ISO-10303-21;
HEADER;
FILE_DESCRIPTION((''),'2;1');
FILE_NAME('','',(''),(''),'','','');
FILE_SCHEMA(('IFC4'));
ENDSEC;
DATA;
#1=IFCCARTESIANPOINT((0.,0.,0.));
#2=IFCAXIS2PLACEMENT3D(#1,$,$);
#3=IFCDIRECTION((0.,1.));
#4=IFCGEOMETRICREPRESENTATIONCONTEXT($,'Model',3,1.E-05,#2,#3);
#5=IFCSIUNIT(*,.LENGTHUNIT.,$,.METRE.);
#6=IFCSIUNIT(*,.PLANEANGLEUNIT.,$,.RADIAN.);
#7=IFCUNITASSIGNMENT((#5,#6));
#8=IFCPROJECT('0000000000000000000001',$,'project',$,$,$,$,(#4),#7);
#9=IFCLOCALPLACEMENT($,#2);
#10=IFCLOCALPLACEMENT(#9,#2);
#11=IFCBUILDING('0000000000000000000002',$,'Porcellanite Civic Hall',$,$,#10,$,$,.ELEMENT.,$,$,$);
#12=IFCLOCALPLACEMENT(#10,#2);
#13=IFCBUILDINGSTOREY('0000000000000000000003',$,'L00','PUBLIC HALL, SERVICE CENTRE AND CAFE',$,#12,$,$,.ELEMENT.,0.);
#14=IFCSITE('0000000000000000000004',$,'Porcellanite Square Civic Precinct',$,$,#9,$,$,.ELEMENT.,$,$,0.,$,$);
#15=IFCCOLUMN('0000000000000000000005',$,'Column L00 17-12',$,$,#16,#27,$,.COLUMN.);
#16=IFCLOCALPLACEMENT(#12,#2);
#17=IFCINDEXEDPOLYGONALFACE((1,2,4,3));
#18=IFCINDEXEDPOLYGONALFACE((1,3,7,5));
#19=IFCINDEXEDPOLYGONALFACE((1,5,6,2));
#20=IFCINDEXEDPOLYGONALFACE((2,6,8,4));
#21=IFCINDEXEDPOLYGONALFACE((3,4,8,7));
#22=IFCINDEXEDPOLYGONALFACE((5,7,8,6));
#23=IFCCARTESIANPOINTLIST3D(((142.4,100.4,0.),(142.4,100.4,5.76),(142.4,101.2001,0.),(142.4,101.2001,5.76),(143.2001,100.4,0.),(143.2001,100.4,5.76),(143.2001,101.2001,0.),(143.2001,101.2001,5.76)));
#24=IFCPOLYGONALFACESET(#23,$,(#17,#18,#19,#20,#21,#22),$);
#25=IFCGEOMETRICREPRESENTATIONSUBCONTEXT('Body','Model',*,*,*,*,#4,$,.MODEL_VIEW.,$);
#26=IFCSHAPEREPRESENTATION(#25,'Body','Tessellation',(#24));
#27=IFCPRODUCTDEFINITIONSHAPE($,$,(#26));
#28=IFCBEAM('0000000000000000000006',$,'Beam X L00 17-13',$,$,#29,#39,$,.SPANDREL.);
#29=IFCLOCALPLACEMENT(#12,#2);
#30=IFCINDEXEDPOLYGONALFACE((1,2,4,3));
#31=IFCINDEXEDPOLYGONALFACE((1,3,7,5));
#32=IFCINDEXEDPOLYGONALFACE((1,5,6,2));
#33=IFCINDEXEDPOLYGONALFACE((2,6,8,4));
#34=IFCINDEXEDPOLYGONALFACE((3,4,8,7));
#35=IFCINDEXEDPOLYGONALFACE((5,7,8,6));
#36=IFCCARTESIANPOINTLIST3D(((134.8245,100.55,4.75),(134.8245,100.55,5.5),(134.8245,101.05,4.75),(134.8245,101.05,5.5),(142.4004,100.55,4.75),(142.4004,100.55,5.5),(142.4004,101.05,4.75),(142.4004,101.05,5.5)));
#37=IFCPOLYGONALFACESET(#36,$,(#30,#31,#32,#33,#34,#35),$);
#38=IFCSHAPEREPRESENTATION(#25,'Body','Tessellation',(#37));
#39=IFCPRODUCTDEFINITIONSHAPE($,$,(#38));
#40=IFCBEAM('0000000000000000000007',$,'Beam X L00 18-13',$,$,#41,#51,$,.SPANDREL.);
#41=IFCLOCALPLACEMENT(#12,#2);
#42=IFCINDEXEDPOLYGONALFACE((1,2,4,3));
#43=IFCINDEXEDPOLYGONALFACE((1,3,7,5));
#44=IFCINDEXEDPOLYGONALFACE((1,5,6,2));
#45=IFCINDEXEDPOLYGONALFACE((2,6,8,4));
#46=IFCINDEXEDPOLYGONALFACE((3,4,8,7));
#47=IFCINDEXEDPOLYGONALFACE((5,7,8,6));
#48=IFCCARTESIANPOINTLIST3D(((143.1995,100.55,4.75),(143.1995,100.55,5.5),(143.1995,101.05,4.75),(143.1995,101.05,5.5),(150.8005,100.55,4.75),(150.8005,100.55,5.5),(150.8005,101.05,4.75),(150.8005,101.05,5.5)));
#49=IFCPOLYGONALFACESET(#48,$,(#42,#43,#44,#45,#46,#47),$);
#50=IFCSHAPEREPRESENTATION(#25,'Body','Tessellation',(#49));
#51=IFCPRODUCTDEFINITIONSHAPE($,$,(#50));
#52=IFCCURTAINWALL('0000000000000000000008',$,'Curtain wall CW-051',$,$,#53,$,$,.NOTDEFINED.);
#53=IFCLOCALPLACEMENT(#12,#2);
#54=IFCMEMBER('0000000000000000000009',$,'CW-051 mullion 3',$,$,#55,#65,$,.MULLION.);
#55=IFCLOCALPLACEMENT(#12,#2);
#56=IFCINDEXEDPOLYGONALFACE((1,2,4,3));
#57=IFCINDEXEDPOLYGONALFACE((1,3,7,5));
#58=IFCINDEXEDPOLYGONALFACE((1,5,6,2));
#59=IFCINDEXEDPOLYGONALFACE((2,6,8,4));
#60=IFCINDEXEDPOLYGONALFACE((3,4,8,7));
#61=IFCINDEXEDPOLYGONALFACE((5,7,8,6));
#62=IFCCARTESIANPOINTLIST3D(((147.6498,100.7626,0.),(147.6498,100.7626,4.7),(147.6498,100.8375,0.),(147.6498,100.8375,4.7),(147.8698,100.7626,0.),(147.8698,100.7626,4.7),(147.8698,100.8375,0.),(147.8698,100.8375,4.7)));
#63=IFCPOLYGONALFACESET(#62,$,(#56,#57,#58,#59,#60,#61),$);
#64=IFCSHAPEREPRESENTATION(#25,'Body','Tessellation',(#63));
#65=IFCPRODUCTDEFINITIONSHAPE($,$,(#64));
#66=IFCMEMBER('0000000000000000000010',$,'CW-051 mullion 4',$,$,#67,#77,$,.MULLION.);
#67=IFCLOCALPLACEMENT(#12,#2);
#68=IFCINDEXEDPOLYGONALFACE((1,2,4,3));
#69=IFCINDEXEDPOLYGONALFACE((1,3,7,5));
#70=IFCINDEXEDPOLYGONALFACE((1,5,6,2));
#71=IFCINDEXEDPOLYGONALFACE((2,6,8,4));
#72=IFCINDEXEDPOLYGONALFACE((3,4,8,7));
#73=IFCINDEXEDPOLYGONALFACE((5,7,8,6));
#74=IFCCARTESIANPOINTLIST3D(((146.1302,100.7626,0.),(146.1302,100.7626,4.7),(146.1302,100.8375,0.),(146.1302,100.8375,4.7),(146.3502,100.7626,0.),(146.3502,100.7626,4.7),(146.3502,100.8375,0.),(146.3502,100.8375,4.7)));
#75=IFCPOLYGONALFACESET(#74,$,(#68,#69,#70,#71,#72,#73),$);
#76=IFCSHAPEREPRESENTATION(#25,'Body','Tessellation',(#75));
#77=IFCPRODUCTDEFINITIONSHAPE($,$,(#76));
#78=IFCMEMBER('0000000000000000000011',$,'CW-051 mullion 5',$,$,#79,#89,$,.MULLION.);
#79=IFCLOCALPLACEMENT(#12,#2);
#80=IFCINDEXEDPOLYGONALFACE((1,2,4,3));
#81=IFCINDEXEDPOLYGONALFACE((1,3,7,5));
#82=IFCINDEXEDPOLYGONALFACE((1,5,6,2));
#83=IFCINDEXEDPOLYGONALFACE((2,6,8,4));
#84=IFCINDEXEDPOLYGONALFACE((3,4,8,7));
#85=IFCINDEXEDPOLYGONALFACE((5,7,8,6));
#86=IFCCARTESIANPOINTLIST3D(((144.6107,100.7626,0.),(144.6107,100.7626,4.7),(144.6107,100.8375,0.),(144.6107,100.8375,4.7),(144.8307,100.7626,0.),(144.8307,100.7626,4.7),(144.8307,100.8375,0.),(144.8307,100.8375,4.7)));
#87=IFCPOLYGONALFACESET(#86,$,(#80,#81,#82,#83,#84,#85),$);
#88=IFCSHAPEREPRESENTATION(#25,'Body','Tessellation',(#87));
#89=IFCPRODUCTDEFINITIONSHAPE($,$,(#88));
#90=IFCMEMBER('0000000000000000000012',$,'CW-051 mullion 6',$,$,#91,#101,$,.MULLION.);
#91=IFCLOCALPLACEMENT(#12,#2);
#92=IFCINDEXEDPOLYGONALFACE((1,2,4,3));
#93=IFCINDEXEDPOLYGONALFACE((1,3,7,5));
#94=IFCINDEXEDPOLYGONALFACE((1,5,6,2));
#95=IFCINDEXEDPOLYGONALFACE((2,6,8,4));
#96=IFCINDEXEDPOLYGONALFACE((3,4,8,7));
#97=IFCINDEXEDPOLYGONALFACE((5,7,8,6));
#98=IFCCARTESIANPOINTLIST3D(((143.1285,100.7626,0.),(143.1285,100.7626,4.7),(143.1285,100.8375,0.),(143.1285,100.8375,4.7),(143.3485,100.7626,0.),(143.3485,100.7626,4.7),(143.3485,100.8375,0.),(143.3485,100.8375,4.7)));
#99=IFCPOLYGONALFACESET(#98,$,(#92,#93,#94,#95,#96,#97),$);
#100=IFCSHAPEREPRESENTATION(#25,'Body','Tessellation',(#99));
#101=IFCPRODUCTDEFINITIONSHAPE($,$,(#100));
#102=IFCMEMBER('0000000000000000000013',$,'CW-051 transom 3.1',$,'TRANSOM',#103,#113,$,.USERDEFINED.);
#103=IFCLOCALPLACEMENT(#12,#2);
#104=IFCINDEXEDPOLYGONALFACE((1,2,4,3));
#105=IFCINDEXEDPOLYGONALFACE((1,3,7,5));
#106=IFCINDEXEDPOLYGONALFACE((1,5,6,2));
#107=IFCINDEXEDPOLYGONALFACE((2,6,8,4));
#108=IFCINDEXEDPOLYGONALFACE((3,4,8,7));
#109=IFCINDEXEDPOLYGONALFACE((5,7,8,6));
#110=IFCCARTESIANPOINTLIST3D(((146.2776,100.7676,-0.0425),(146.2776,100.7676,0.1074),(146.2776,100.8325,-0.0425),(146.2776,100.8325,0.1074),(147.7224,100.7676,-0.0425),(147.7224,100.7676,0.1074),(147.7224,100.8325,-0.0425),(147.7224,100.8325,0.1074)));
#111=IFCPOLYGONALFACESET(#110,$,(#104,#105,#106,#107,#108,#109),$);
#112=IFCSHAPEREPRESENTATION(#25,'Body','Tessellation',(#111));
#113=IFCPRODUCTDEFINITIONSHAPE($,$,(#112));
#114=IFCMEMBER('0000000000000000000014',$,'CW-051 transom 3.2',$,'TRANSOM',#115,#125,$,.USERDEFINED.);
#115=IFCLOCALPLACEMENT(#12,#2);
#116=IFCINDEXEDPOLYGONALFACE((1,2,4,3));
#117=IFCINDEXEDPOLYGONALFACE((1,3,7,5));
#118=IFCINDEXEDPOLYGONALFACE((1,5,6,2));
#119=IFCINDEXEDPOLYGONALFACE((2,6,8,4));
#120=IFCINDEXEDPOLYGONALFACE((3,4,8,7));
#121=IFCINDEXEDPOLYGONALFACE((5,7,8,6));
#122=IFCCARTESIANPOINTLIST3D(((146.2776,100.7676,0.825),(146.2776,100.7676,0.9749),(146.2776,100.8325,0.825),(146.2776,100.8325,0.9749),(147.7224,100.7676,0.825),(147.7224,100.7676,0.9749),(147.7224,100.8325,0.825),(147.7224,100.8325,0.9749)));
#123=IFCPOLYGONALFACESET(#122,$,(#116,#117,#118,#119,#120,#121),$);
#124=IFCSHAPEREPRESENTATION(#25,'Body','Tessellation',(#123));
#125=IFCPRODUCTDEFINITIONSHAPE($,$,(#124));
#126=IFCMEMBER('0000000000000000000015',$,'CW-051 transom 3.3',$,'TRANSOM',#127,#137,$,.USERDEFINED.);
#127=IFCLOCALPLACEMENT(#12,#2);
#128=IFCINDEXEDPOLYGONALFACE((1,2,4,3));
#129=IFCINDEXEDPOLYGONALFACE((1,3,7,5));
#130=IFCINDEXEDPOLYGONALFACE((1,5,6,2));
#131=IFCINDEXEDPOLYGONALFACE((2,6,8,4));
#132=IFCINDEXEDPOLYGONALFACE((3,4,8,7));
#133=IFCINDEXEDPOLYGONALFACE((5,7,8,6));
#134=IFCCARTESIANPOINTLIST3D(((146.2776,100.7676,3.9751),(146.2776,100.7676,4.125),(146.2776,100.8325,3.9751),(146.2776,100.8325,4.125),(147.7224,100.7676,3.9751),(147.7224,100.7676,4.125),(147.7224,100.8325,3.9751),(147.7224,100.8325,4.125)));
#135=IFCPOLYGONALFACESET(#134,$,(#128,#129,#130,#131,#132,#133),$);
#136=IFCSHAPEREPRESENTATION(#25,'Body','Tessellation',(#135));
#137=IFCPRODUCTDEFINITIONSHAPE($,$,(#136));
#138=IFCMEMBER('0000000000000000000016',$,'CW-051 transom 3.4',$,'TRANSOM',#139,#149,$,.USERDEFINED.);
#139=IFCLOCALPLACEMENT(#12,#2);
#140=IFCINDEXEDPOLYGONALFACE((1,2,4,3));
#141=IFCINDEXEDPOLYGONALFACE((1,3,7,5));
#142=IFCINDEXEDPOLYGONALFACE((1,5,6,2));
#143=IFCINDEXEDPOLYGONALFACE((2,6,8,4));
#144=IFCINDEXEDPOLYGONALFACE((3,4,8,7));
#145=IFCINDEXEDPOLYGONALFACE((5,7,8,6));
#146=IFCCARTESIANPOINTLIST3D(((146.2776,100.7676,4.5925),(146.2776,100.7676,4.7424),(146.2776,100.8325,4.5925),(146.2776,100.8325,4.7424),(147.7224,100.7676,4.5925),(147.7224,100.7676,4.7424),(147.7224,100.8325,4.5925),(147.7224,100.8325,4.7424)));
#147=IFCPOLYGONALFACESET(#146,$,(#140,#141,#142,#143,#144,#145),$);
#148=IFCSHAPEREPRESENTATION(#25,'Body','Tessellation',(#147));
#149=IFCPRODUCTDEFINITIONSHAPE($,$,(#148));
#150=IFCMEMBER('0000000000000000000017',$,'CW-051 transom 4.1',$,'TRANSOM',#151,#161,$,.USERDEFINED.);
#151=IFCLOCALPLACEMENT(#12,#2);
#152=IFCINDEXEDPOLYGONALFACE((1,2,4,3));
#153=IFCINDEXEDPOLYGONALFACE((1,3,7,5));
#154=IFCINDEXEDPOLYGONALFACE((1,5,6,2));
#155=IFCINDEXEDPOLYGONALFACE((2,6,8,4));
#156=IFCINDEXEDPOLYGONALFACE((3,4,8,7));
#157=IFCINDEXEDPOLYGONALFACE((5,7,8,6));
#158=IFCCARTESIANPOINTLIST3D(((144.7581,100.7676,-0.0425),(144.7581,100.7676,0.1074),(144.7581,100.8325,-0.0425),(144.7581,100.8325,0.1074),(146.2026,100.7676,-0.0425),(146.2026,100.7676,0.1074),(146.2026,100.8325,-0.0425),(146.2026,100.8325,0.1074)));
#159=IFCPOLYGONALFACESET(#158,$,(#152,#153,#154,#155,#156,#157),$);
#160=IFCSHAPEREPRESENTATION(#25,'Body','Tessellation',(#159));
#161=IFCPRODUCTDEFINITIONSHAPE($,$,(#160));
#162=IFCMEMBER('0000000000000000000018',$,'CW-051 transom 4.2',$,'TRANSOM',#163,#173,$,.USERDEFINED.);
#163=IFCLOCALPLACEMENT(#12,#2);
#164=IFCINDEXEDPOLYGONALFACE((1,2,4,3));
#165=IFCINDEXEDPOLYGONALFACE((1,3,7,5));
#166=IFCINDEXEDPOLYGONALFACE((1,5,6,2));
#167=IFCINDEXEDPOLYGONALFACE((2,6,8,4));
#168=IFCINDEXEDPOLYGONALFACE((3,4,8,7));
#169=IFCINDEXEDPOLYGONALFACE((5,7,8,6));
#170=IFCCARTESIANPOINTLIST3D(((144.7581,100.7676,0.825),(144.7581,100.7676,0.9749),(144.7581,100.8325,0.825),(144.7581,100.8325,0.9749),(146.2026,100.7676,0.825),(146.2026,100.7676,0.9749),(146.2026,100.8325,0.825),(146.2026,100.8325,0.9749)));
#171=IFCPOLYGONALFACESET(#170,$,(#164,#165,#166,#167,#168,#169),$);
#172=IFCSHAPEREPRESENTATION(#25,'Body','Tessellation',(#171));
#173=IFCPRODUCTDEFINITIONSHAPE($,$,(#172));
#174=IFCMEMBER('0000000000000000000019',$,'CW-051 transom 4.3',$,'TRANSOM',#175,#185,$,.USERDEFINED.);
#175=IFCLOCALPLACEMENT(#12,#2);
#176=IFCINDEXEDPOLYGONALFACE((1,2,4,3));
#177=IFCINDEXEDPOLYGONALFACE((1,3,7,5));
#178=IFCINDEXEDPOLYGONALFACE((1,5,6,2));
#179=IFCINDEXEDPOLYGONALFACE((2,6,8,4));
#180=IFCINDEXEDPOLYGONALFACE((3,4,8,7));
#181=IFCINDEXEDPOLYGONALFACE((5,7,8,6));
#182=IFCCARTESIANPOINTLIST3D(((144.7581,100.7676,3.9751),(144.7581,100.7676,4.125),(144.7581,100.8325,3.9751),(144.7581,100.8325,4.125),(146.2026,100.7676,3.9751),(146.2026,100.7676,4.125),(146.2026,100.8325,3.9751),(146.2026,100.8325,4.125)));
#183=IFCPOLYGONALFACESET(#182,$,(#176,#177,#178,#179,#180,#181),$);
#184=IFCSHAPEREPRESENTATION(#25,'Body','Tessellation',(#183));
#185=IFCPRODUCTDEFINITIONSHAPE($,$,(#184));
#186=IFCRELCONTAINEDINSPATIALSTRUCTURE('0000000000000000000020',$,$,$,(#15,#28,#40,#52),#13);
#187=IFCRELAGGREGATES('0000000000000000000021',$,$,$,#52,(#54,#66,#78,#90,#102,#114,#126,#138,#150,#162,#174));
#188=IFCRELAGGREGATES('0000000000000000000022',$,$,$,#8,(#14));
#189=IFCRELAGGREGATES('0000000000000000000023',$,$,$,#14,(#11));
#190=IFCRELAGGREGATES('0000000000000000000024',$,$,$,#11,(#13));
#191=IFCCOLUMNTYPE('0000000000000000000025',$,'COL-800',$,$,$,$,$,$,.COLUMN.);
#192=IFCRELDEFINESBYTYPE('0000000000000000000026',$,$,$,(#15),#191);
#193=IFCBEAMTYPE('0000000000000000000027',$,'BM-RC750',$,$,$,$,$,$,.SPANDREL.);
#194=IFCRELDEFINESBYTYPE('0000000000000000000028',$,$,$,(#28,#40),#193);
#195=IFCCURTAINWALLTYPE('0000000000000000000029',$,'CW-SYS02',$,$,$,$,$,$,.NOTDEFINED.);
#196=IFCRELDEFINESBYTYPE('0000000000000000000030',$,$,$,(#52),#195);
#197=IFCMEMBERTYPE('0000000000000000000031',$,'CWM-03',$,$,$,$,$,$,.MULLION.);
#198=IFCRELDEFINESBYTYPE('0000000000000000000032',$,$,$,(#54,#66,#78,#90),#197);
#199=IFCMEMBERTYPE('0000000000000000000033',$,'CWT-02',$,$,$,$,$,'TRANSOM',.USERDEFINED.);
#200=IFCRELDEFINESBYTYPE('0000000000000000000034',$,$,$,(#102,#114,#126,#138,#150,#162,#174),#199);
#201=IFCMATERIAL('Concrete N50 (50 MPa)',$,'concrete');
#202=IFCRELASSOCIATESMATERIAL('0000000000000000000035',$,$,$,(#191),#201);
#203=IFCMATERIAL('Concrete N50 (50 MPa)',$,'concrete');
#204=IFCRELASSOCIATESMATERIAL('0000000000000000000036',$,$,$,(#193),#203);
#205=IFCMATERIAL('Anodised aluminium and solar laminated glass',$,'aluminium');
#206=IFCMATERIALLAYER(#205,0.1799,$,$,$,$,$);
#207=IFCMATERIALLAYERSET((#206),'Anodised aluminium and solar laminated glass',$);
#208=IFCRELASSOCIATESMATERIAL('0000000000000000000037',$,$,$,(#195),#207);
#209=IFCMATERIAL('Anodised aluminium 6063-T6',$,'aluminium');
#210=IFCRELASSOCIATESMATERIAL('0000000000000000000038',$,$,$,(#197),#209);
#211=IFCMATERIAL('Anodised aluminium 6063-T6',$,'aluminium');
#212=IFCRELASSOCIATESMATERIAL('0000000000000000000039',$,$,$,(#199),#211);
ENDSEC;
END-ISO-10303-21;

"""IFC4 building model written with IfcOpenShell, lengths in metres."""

from ifc_helpers import new_model, si_unit, direction, frame, origin, origin_2d, place, context, subcontext, project, spatial, rectangle, extrude, material, layer, layer_set, material_profile, profile_set, type_object, element, aggregate, save


model = new_model("IFC4")

# Units and contexts
model_context = context("Model", 3, precision=1e-05, world=origin(), true_north=direction((0.0, 1.0)))
body_context = subcontext(model_context, "Body", "Model", "MODEL_VIEW")
ifc_project = project(units=[si_unit("LENGTHUNIT", "METRE"), si_unit("PLANEANGLEUNIT", "RADIAN")], contexts=[model_context])

# Site, building, storey
site_placement = place(None, origin())
site = spatial("IfcSite", under=ifc_project, at=site_placement, Name="Porcellanite Square Civic Precinct", CompositionType="ELEMENT", RefElevation=0.0)
building_placement = place(site_placement, origin())
building = spatial("IfcBuilding", under=site, at=building_placement, Name="Porcellanite Civic Hall", CompositionType="ELEMENT")
storey_placement = place(building_placement, origin())
storey = spatial("IfcBuildingStorey", under=building, at=storey_placement, Name="L00", Description="PUBLIC HALL, SERVICE CENTRE AND CAFE", CompositionType="ELEMENT", Elevation=0.0)

# Column
ifc_material_1 = material(Name="Concrete N50 (50 MPa)", Category="concrete")
ifc_material_profile_1 = material_profile(ifc_material_1, rectangle(XDim=0.8, YDim=0.8, at=origin_2d()), Name="RC-800x800")
ifc_profile_set_1 = profile_set([ifc_material_profile_1], Name="Concrete N50 (50 MPa)")
column_type = type_object("IfcColumnType", Name="COL-800", PredefinedType="COLUMN", material=ifc_profile_set_1)
column_placement = place(storey_placement, frame((142.8, 100.8, 0.0), z_axis=(0.0, 0.0, 1.0), x_axis=(1.0, 0.0, 0.0)))
element("IfcColumn", 1, at=column_placement, inside=storey, type_object=column_type, Name="Column L00 17-12", PredefinedType="COLUMN", context=body_context, shape_type="SweptSolid", body=[
    extrude(rectangle(XDim=0.8, YDim=0.8, at=origin_2d()), origin(), (0.0, 0.0, 1.0), 5.76),
])

# Beams
ifc_material_2 = material(Name="Concrete N50 (50 MPa)", Category="concrete")
ifc_material_profile_2 = material_profile(ifc_material_2, rectangle(XDim=0.5, YDim=0.75, at=origin_2d()), Name="RC-500x750")
ifc_profile_set_2 = profile_set([ifc_material_profile_2], Name="Concrete N50 (50 MPa)")
beam_type = type_object("IfcBeamType", Name="BM-RC750", PredefinedType="SPANDREL", material=ifc_profile_set_2)
beam_1_placement = place(storey_placement, frame((134.8245, 100.8, 5.125), z_axis=(1.0, 0.0, 0.0), x_axis=(0.0, 1.0, 0.0)))
element("IfcBeam", 2, at=beam_1_placement, inside=storey, type_object=beam_type, Name="Beam X L00 17-13", PredefinedType="SPANDREL", context=body_context, shape_type="SweptSolid", body=[
    extrude(rectangle(XDim=0.5, YDim=0.75, at=origin_2d()), origin(), (0.0, 0.0, 1.0), 7.5759),
])
beam_2_placement = place(storey_placement, frame((143.1995, 100.8, 5.125), z_axis=(1.0, 0.0, 0.0), x_axis=(0.0, 1.0, 0.0)))
element("IfcBeam", 3, at=beam_2_placement, inside=storey, type_object=beam_type, Name="Beam X L00 18-13", PredefinedType="SPANDREL", context=body_context, shape_type="SweptSolid", body=[
    extrude(rectangle(XDim=0.5, YDim=0.75, at=origin_2d()), origin(), (0.0, 0.0, 1.0), 7.6011),
])

# Curtain wall, members
ifc_material_3 = material(Name="Anodised aluminium and solar laminated glass", Category="aluminium")
ifc_layer_1 = layer(ifc_material_3, 0.1799)
ifc_layer_set_1 = layer_set([ifc_layer_1], Name="Anodised aluminium and solar laminated glass")
curtain_wall_type = type_object("IfcCurtainWallType", Name="CW-SYS02", PredefinedType="NOTDEFINED", material=ifc_layer_set_1)
curtain_wall_placement = place(storey_placement, origin())
curtain_wall = element("IfcCurtainWall", 4, at=curtain_wall_placement, inside=storey, type_object=curtain_wall_type, Name="Curtain wall CW-051", PredefinedType="NOTDEFINED")
ifc_material_4 = material(Name="Anodised aluminium 6063-T6", Category="aluminium")
ifc_material_profile_3 = material_profile(ifc_material_4, rectangle(XDim=0.075, YDim=0.22, at=origin_2d()), Name="AL-75x220")
ifc_profile_set_3 = profile_set([ifc_material_profile_3], Name="Anodised aluminium 6063-T6")
member_type_1 = type_object("IfcMemberType", Name="CWM-03", PredefinedType="MULLION", material=ifc_profile_set_3)
member_1_placement = place(storey_placement, frame((147.7598, 100.8, 0.0), z_axis=(0.0, 0.0, 1.0), x_axis=(0.0, -1.0, 0.0)))
member_1 = element("IfcMember", 5, at=member_1_placement, type_object=member_type_1, Name="CW-051 mullion 3", PredefinedType="MULLION", context=body_context, shape_type="SweptSolid", body=[
    extrude(rectangle(XDim=0.075, YDim=0.22, at=origin_2d()), origin(), (0.0, 0.0, 1.0), 4.7),
])
member_2_placement = place(storey_placement, frame((146.2402, 100.8, 0.0), z_axis=(0.0, 0.0, 1.0), x_axis=(0.0, -1.0, 0.0)))
member_2 = element("IfcMember", 6, at=member_2_placement, type_object=member_type_1, Name="CW-051 mullion 4", PredefinedType="MULLION", context=body_context, shape_type="SweptSolid", body=[
    extrude(rectangle(XDim=0.075, YDim=0.22, at=origin_2d()), origin(), (0.0, 0.0, 1.0), 4.7),
])
member_3_placement = place(storey_placement, frame((144.7207, 100.8, 0.0), z_axis=(0.0, 0.0, 1.0), x_axis=(0.0, -1.0, 0.0)))
member_3 = element("IfcMember", 7, at=member_3_placement, type_object=member_type_1, Name="CW-051 mullion 5", PredefinedType="MULLION", context=body_context, shape_type="SweptSolid", body=[
    extrude(rectangle(XDim=0.075, YDim=0.22, at=origin_2d()), origin(), (0.0, 0.0, 1.0), 4.7),
])
member_4_placement = place(storey_placement, frame((143.2385, 100.8, 0.0), z_axis=(0.0, 0.0, 1.0), x_axis=(0.0, -1.0, 0.0)))
member_4 = element("IfcMember", 8, at=member_4_placement, type_object=member_type_1, Name="CW-051 mullion 6", PredefinedType="MULLION", context=body_context, shape_type="SweptSolid", body=[
    extrude(rectangle(XDim=0.075, YDim=0.22, at=origin_2d()), origin(), (0.0, 0.0, 1.0), 4.7),
])
ifc_material_5 = material(Name="Anodised aluminium 6063-T6", Category="aluminium")
ifc_material_profile_4 = material_profile(ifc_material_5, rectangle(XDim=0.0649, YDim=0.1499, at=origin_2d()), Name="AL-65x150")
ifc_profile_set_4 = profile_set([ifc_material_profile_4], Name="Anodised aluminium 6063-T6")
member_type_2 = type_object("IfcMemberType", Name="CWT-02", ElementType="TRANSOM", PredefinedType="USERDEFINED", material=ifc_profile_set_4)
member_5_placement = place(storey_placement, frame((147.7224, 100.8, 0.0325), z_axis=(-1.0, 0.0, 0.0), x_axis=(0.0, -1.0, 0.0)))
member_5 = element("IfcMember", 9, at=member_5_placement, type_object=member_type_2, Name="CW-051 transom 3.1", ObjectType="TRANSOM", PredefinedType="USERDEFINED", context=body_context, shape_type="SweptSolid", body=[
    extrude(rectangle(XDim=0.0649, YDim=0.1499, at=origin_2d()), origin(), (0.0, 0.0, 1.0), 1.4448),
])
member_6_placement = place(storey_placement, frame((147.7224, 100.8, 0.8999), z_axis=(-1.0, 0.0, 0.0), x_axis=(0.0, -1.0, 0.0)))
member_6 = element("IfcMember", 10, at=member_6_placement, type_object=member_type_2, Name="CW-051 transom 3.2", ObjectType="TRANSOM", PredefinedType="USERDEFINED", context=body_context, shape_type="SweptSolid", body=[
    extrude(rectangle(XDim=0.0649, YDim=0.1499, at=origin_2d()), origin(), (0.0, 0.0, 1.0), 1.4448),
])
member_7_placement = place(storey_placement, frame((147.7224, 100.8, 4.05), z_axis=(-1.0, 0.0, 0.0), x_axis=(0.0, -1.0, 0.0)))
member_7 = element("IfcMember", 11, at=member_7_placement, type_object=member_type_2, Name="CW-051 transom 3.3", ObjectType="TRANSOM", PredefinedType="USERDEFINED", context=body_context, shape_type="SweptSolid", body=[
    extrude(rectangle(XDim=0.0649, YDim=0.1499, at=origin_2d()), origin(), (0.0, 0.0, 1.0), 1.4448),
])
member_8_placement = place(storey_placement, frame((147.7224, 100.8, 4.6675), z_axis=(-1.0, 0.0, 0.0), x_axis=(0.0, -1.0, 0.0)))
member_8 = element("IfcMember", 12, at=member_8_placement, type_object=member_type_2, Name="CW-051 transom 3.4", ObjectType="TRANSOM", PredefinedType="USERDEFINED", context=body_context, shape_type="SweptSolid", body=[
    extrude(rectangle(XDim=0.0649, YDim=0.1499, at=origin_2d()), origin(), (0.0, 0.0, 1.0), 1.4448),
])
member_9_placement = place(storey_placement, frame((146.2026, 100.8, 0.0325), z_axis=(-1.0, 0.0, 0.0), x_axis=(0.0, -1.0, 0.0)))
member_9 = element("IfcMember", 13, at=member_9_placement, type_object=member_type_2, Name="CW-051 transom 4.1", ObjectType="TRANSOM", PredefinedType="USERDEFINED", context=body_context, shape_type="SweptSolid", body=[
    extrude(rectangle(XDim=0.0649, YDim=0.1499, at=origin_2d()), origin(), (0.0, 0.0, 1.0), 1.4446),
])
member_10_placement = place(storey_placement, frame((146.2026, 100.8, 0.8999), z_axis=(-1.0, 0.0, 0.0), x_axis=(0.0, -1.0, 0.0)))
member_10 = element("IfcMember", 14, at=member_10_placement, type_object=member_type_2, Name="CW-051 transom 4.2", ObjectType="TRANSOM", PredefinedType="USERDEFINED", context=body_context, shape_type="SweptSolid", body=[
    extrude(rectangle(XDim=0.0649, YDim=0.1499, at=origin_2d()), origin(), (0.0, 0.0, 1.0), 1.4446),
])
member_11_placement = place(storey_placement, frame((146.2026, 100.8, 4.05), z_axis=(-1.0, 0.0, 0.0), x_axis=(0.0, -1.0, 0.0)))
member_11 = element("IfcMember", 15, at=member_11_placement, type_object=member_type_2, Name="CW-051 transom 4.3", ObjectType="TRANSOM", PredefinedType="USERDEFINED", context=body_context, shape_type="SweptSolid", body=[
    extrude(rectangle(XDim=0.0649, YDim=0.1499, at=origin_2d()), origin(), (0.0, 0.0, 1.0), 1.4446),
])
aggregate(curtain_wall, [member_1, member_2, member_3, member_4, member_5, member_6, member_7, member_8, member_9, member_10, member_11])

save(model, "model.ifc")
